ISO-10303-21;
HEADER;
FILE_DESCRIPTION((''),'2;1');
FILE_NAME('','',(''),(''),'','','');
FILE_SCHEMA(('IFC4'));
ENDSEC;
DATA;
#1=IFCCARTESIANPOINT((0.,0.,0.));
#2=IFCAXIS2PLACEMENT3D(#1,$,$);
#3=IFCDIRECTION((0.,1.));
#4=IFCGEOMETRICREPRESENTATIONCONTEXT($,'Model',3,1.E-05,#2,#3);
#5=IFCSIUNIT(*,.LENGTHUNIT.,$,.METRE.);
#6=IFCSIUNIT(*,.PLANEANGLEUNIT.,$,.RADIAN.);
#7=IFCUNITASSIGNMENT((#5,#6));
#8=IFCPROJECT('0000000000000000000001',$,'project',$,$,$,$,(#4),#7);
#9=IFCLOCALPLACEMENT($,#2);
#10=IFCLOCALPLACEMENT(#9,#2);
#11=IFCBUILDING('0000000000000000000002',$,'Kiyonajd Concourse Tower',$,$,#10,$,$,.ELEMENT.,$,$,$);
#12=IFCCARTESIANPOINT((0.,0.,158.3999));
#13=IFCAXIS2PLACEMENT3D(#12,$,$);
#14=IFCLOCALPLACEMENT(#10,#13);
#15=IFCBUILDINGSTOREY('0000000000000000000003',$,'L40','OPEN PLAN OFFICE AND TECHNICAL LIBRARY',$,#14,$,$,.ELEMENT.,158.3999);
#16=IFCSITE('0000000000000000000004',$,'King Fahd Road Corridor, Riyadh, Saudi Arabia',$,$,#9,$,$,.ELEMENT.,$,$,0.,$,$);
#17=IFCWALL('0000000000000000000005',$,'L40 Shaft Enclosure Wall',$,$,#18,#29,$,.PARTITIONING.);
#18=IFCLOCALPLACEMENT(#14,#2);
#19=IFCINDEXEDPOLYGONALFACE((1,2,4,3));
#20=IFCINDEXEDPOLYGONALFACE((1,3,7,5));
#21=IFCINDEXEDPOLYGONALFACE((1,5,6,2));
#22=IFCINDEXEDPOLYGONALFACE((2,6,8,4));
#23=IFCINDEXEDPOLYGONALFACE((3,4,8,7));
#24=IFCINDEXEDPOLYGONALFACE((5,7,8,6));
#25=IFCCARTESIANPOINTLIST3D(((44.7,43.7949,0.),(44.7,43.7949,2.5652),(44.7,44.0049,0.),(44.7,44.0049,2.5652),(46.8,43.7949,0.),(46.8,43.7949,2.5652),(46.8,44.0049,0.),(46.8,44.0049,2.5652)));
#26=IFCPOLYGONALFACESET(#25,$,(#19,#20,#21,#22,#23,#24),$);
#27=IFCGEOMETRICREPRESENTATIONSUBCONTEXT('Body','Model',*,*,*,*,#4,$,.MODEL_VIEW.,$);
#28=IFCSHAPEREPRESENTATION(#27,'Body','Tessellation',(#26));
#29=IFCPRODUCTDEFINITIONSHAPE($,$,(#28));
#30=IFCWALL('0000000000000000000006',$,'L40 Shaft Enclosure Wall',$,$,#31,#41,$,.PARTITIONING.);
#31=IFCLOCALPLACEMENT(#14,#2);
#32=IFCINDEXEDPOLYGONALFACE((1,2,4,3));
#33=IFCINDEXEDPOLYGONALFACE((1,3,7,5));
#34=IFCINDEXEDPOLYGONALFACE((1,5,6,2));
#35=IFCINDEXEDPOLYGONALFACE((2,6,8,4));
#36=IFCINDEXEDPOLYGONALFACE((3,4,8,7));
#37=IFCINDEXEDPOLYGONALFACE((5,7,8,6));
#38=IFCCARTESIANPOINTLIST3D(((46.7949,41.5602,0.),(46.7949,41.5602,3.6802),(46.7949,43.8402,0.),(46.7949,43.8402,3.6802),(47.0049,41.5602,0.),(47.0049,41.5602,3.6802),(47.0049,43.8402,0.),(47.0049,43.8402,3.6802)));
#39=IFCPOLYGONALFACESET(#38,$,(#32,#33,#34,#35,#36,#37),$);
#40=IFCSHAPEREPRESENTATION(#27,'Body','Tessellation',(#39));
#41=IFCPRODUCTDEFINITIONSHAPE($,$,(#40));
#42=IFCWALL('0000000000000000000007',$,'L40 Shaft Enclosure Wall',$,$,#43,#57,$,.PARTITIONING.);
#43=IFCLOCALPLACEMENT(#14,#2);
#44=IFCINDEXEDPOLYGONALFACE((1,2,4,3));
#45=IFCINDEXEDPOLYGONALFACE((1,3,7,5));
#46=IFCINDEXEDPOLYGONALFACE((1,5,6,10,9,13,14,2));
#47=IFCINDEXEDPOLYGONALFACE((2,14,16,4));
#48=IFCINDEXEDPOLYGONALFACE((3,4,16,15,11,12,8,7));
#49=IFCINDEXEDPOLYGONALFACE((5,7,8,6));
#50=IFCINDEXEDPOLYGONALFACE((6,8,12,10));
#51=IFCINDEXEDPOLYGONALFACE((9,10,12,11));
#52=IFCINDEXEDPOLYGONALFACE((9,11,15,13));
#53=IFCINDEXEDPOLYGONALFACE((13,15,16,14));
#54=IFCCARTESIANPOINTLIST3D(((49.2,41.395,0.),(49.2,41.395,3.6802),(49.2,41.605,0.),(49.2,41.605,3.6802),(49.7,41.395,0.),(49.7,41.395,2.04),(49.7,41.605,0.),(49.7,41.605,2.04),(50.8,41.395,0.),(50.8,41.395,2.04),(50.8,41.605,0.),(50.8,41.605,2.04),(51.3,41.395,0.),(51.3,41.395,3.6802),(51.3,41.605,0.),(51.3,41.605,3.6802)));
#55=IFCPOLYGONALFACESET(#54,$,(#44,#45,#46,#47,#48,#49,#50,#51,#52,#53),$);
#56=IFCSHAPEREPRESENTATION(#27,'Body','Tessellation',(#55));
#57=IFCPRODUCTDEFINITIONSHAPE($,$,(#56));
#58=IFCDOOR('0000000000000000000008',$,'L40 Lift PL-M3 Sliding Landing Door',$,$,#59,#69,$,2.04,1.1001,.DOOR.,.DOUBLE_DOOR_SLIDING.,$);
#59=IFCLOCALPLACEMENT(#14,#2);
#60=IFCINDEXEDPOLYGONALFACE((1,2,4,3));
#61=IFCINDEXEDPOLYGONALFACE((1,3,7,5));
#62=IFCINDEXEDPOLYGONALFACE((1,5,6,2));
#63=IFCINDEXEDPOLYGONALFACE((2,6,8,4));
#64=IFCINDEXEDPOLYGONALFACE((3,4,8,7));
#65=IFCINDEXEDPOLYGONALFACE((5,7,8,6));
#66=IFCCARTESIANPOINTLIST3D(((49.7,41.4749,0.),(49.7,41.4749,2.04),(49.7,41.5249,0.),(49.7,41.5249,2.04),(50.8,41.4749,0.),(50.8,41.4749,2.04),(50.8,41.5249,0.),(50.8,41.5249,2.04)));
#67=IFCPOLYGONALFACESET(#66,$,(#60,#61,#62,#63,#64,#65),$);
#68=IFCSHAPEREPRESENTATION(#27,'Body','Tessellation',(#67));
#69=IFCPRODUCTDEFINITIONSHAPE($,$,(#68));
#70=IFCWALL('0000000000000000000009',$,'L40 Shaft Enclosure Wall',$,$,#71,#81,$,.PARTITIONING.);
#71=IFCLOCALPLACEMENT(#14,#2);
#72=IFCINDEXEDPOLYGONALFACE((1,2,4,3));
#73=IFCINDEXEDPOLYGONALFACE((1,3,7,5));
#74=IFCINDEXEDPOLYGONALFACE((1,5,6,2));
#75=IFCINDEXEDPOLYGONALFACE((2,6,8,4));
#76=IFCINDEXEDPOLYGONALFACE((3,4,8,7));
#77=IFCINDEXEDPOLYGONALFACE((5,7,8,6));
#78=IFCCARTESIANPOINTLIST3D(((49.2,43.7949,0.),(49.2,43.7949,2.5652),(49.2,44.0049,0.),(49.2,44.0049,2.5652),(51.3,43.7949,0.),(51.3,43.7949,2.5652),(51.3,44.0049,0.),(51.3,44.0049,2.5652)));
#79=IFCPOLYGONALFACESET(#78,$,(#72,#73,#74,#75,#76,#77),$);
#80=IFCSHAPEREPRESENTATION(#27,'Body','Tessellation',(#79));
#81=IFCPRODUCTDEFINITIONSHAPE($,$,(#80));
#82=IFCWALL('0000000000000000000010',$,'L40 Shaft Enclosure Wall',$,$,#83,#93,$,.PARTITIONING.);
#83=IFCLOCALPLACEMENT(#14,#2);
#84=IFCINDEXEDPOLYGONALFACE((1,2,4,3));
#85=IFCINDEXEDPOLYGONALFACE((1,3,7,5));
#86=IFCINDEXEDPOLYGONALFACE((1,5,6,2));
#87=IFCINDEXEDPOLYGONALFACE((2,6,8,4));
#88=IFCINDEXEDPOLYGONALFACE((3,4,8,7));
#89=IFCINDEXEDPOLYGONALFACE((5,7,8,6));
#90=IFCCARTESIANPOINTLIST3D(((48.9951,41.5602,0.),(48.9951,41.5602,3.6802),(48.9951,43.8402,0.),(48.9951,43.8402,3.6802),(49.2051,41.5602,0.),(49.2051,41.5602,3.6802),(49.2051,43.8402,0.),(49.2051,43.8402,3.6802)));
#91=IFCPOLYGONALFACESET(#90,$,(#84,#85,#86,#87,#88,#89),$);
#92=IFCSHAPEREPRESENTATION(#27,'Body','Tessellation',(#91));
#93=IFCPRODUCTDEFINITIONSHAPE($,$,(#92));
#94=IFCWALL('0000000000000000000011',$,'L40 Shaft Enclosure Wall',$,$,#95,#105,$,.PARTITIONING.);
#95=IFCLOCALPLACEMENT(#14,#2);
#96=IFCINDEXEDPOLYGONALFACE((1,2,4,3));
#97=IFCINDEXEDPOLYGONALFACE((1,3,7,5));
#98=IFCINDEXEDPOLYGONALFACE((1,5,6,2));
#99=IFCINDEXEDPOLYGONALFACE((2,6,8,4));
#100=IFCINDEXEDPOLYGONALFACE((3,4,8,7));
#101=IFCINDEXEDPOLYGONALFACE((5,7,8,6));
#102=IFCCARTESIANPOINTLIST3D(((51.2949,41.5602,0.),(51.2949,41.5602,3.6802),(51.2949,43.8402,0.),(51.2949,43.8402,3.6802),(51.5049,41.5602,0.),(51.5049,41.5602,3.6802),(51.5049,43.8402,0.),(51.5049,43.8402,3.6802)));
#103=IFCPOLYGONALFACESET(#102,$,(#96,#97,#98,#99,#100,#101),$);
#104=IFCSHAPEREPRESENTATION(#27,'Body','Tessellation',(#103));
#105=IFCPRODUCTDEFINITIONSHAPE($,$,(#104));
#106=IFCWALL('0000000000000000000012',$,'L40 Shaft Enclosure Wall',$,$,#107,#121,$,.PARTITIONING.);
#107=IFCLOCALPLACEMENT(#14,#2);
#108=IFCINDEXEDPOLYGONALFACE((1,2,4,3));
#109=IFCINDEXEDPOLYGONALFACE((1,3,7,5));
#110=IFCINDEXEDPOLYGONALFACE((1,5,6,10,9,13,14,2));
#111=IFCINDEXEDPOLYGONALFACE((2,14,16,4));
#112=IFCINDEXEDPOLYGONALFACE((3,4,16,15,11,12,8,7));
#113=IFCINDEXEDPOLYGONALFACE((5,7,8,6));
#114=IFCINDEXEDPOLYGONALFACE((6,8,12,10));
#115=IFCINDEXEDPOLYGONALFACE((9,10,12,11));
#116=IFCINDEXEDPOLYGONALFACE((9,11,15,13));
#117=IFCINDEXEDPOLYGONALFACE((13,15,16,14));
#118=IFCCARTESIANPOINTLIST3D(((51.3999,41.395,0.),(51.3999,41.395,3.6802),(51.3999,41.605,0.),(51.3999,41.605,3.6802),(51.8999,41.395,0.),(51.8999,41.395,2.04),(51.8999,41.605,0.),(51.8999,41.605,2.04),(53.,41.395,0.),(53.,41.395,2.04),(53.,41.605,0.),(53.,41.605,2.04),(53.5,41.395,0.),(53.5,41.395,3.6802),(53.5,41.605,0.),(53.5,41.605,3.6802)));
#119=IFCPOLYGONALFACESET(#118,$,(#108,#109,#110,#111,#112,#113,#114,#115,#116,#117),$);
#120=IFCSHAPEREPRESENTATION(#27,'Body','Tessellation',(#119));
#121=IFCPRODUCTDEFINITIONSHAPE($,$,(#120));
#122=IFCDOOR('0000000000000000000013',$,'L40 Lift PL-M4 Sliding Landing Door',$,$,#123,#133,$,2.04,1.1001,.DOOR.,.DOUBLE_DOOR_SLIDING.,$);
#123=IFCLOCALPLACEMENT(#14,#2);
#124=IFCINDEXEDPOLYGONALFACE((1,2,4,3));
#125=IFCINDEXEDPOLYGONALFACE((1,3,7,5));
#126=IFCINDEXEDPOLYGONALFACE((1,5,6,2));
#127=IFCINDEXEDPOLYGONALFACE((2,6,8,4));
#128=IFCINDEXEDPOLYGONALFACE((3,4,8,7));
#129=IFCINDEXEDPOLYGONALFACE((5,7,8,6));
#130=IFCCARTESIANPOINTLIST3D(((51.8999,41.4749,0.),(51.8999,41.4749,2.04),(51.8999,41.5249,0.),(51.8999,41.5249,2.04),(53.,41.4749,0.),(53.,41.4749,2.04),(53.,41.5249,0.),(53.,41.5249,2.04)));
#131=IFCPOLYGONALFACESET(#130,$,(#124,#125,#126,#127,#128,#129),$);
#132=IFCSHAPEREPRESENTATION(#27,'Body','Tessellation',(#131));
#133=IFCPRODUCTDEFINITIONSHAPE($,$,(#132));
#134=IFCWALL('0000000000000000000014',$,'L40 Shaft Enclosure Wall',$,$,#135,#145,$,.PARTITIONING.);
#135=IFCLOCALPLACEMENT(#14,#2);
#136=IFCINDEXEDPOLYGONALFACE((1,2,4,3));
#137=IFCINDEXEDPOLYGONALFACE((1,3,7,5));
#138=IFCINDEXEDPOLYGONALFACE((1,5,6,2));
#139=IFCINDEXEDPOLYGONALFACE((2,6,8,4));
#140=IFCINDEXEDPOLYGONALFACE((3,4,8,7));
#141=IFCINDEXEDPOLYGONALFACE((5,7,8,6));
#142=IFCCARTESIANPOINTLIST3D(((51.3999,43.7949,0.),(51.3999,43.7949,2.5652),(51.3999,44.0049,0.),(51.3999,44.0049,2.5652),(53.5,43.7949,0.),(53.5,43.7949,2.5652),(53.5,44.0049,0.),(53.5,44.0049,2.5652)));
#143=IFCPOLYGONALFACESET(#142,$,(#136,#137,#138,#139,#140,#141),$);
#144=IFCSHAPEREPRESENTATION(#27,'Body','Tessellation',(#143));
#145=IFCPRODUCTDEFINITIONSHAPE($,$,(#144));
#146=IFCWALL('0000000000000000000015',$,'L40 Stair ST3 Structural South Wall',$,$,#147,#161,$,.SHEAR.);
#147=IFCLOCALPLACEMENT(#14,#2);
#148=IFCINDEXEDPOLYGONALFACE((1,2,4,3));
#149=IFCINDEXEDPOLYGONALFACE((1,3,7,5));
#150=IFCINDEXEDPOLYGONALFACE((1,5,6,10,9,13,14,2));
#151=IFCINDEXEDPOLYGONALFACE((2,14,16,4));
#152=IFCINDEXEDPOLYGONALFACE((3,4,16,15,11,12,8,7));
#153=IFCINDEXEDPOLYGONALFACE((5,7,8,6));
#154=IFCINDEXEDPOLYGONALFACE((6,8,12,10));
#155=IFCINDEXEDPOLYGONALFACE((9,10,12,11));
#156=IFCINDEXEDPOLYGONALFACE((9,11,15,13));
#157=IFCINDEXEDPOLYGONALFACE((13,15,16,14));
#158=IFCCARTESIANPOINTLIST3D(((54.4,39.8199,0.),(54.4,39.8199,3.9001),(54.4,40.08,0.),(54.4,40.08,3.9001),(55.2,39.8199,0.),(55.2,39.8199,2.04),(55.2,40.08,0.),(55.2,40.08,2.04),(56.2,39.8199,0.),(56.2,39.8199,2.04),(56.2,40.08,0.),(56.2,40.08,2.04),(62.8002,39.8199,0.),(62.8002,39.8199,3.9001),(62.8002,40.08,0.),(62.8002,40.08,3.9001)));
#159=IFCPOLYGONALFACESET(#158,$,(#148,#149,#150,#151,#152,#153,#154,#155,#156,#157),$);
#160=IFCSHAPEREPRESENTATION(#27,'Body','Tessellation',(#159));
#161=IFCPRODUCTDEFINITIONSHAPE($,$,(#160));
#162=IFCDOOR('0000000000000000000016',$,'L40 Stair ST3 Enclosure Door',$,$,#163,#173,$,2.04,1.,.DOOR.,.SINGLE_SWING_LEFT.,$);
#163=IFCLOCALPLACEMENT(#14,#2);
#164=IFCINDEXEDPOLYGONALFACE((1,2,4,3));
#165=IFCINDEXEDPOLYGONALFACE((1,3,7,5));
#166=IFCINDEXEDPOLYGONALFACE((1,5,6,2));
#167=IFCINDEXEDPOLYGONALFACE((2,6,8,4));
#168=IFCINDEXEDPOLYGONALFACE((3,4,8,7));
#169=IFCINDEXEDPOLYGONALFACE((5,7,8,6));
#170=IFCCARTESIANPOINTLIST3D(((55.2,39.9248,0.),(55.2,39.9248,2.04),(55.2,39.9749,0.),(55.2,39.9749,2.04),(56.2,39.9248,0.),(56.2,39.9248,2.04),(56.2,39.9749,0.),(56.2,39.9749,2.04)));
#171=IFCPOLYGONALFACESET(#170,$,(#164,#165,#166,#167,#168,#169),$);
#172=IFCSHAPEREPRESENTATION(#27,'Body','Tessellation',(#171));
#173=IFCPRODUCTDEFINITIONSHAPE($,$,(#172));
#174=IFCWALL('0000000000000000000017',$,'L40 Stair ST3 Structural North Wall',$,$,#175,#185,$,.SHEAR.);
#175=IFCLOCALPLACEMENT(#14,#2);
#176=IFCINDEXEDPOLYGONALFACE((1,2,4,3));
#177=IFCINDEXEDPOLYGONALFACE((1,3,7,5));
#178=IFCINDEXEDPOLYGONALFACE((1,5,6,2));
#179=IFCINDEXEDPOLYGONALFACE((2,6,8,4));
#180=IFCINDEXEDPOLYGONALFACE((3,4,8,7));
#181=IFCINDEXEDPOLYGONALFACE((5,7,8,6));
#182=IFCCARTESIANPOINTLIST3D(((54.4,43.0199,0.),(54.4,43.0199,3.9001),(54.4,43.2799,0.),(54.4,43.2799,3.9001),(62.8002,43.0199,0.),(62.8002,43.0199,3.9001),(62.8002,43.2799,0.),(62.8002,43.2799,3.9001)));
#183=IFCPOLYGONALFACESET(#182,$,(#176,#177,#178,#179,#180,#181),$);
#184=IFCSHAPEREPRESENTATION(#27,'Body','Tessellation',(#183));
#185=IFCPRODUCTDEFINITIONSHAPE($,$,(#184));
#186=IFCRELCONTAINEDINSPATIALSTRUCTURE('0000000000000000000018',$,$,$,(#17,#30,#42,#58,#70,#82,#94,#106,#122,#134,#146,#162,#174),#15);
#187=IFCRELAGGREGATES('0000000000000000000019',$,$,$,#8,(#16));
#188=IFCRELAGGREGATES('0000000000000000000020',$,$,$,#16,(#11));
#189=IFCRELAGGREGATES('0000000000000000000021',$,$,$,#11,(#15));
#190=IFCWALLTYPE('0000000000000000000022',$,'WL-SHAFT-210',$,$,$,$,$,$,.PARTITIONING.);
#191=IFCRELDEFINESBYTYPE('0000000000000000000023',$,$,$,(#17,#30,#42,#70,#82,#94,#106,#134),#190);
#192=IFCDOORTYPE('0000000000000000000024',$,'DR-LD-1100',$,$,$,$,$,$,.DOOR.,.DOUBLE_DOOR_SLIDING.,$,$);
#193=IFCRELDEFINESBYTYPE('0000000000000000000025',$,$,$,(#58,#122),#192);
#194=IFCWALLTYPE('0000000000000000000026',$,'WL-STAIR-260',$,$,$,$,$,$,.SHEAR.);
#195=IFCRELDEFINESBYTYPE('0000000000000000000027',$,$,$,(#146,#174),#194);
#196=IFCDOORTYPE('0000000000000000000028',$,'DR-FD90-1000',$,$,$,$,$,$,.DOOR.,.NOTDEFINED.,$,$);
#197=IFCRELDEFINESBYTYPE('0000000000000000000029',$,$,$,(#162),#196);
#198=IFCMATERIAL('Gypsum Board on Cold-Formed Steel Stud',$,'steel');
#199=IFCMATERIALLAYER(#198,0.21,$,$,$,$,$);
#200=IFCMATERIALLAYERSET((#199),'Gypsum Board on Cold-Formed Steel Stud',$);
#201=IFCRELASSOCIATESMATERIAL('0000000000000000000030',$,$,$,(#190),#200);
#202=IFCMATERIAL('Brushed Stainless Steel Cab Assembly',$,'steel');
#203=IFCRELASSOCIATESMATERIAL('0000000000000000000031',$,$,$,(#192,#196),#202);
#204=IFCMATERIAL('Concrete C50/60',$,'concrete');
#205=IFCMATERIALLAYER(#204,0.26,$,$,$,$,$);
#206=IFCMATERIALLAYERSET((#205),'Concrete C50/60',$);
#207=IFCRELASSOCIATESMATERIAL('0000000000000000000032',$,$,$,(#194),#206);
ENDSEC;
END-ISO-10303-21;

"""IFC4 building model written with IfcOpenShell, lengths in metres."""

from ifc_helpers import new_model, si_unit, direction, frame, frame_2d, origin, place, context, subcontext, project, spatial, rectangle, extrude, material, layer, layer_set, type_object, element, fill, save


model = new_model("IFC4")

# Units and contexts
model_context = context("Model", 3, precision=1e-05, world=origin(), true_north=direction((0.0, 1.0)))
body_context = subcontext(model_context, "Body", "Model", "MODEL_VIEW")
ifc_project = project(units=[si_unit("LENGTHUNIT", "METRE"), si_unit("PLANEANGLEUNIT", "RADIAN")], contexts=[model_context])

# Site, building, storey
site_placement = place(None, origin())
site = spatial("IfcSite", under=ifc_project, at=site_placement, Name="King Fahd Road Corridor, Riyadh, Saudi Arabia", CompositionType="ELEMENT", RefElevation=0.0)
building_placement = place(site_placement, origin())
building = spatial("IfcBuilding", under=site, at=building_placement, Name="Kiyonajd Concourse Tower", CompositionType="ELEMENT")
storey_placement = place(building_placement, frame((0.0, 0.0, 158.3999)))
storey = spatial("IfcBuildingStorey", under=building, at=storey_placement, Name="L40", Description="OPEN PLAN OFFICE AND TECHNICAL LIBRARY", CompositionType="ELEMENT", Elevation=158.3999)

# Shared definitions
ifc_material_1 = material(Name="Concrete C50/60", Category="concrete")

# Shared definitions
ifc_material_2 = material(Name="Gypsum Board on Cold-Formed Steel Stud", Category="steel")
ifc_layer_1 = layer(ifc_material_2, 0.21)
ifc_layer_set_1 = layer_set([ifc_layer_1], Name="Gypsum Board on Cold-Formed Steel Stud")
wall_type_1 = type_object("IfcWallType", Name="WL-SHAFT-210", PredefinedType="PARTITIONING", material=ifc_layer_set_1)

# Shared definitions
ifc_material_3 = material(Name="Brushed Stainless Steel Cab Assembly", Category="steel")
door_type_1 = type_object("IfcDoorType", Name="DR-LD-1100", OperationType="DOUBLE_DOOR_SLIDING", PredefinedType="DOOR", material=ifc_material_3)

# Walls
wall_1_placement = place(storey_placement, frame((44.7, 43.8999, 0.0), z_axis=(0.0, 0.0, 1.0), x_axis=(1.0, 0.0, 0.0)))
element("IfcWall", 1, at=wall_1_placement, inside=storey, type_object=wall_type_1, Name="L40 Shaft Enclosure Wall", PredefinedType="PARTITIONING", context=body_context, shape_type="SweptSolid", body=[
    extrude(rectangle(XDim=2.1001, YDim=0.21, at=frame_2d((1.05, 0.0))), origin(), (0.0, 0.0, 1.0), 2.5652),
])
wall_2_placement = place(storey_placement, frame((46.8999, 41.5601, 0.0), z_axis=(0.0, 0.0, 1.0), x_axis=(0.0, 1.0, 0.0)))
element("IfcWall", 2, at=wall_2_placement, inside=storey, type_object=wall_type_1, Name="L40 Shaft Enclosure Wall", PredefinedType="PARTITIONING", context=body_context, shape_type="SweptSolid", body=[
    extrude(rectangle(XDim=2.28, YDim=0.21, at=frame_2d((1.1401, 0.0))), origin(), (0.0, 0.0, 1.0), 3.6802),
])

# Wall, opening, door
wall_3_placement = place(storey_placement, frame((49.2, 41.5, 0.0), z_axis=(0.0, 0.0, 1.0), x_axis=(1.0, 0.0, 0.0)))
wall_3 = element("IfcWall", 3, at=wall_3_placement, inside=storey, type_object=wall_type_1, Name="L40 Shaft Enclosure Wall", PredefinedType="PARTITIONING", context=body_context, shape_type="SweptSolid", body=[
    extrude(rectangle(XDim=2.1001, YDim=0.21, at=frame_2d((1.05, 0.0))), origin(), (0.0, 0.0, 1.0), 3.6802),
])
opening_1_placement = place(wall_3_placement, frame((0.5, 0.0, 0.0)))
opening_1 = element("IfcOpeningElement", 4, at=opening_1_placement, cuts=wall_3, PredefinedType="OPENING", context=body_context, shape_type="SweptSolid", body=[
    extrude(rectangle(XDim=1.1001, YDim=2.04, at=frame_2d((0.55, 1.02))), frame((0.0, 0.115, 0.0), z_axis=(0.0, -1.0, 0.0), x_axis=(1.0, 0.0, 0.0)), (0.0, 0.0, 1.0), 0.23),
])
door_1_placement = place(opening_1_placement, origin())
door_1 = element("IfcDoor", 5, at=door_1_placement, inside=storey, type_object=door_type_1, Name="L40 Lift PL-M3 Sliding Landing Door", OperationType="DOUBLE_DOOR_SLIDING", OverallHeight=2.04, OverallWidth=1.1001, PredefinedType="DOOR", context=body_context, shape_type="SweptSolid", body=[
    extrude(rectangle(XDim=1.1001, YDim=2.04, at=frame_2d((0.55, 1.02))), frame((0.0, 0.0249, 0.0), z_axis=(0.0, -1.0, 0.0), x_axis=(1.0, 0.0, 0.0)), (0.0, 0.0, 1.0), 0.05),
])
fill(opening_1, door_1)

# Walls
wall_4_placement = place(storey_placement, frame((49.2, 43.8999, 0.0), z_axis=(0.0, 0.0, 1.0), x_axis=(1.0, 0.0, 0.0)))
element("IfcWall", 6, at=wall_4_placement, inside=storey, type_object=wall_type_1, Name="L40 Shaft Enclosure Wall", PredefinedType="PARTITIONING", context=body_context, shape_type="SweptSolid", body=[
    extrude(rectangle(XDim=2.1001, YDim=0.21, at=frame_2d((1.05, 0.0))), origin(), (0.0, 0.0, 1.0), 2.5652),
])
for number, where, z_axis, x_axis, name in (
    (7, (49.1001, 41.5601, 0.0), (0.0, 0.0, 1.0), (0.0, 1.0, 0.0), "L40 Shaft Enclosure Wall"),
    (8, (51.3999, 41.5601, 0.0), (0.0, 0.0, 1.0), (0.0, 1.0, 0.0), "L40 Shaft Enclosure Wall"),
):
    element("IfcWall", number, at=place(storey_placement, frame(where, z_axis=z_axis, x_axis=x_axis)), inside=storey, type_object=wall_type_1, Name=name, PredefinedType="PARTITIONING", context=body_context, shape_type="SweptSolid", body=[
        extrude(rectangle(XDim=2.28, YDim=0.21, at=frame_2d((1.1401, 0.0))), origin(), (0.0, 0.0, 1.0), 3.6802),
    ])

# Wall, opening, door
wall_5_placement = place(storey_placement, frame((51.3999, 41.5, 0.0), z_axis=(0.0, 0.0, 1.0), x_axis=(1.0, 0.0, 0.0)))
wall_5 = element("IfcWall", 9, at=wall_5_placement, inside=storey, type_object=wall_type_1, Name="L40 Shaft Enclosure Wall", PredefinedType="PARTITIONING", context=body_context, shape_type="SweptSolid", body=[
    extrude(rectangle(XDim=2.1001, YDim=0.21, at=frame_2d((1.05, 0.0))), origin(), (0.0, 0.0, 1.0), 3.6802),
])
opening_2_placement = place(wall_5_placement, frame((0.5, 0.0, 0.0)))
opening_2 = element("IfcOpeningElement", 10, at=opening_2_placement, cuts=wall_5, PredefinedType="OPENING", context=body_context, shape_type="SweptSolid", body=[
    extrude(rectangle(XDim=1.1001, YDim=2.04, at=frame_2d((0.55, 1.02))), frame((0.0, 0.115, 0.0), z_axis=(0.0, -1.0, 0.0), x_axis=(1.0, 0.0, 0.0)), (0.0, 0.0, 1.0), 0.23),
])
door_2_placement = place(opening_2_placement, origin())
door_2 = element("IfcDoor", 11, at=door_2_placement, inside=storey, type_object=door_type_1, Name="L40 Lift PL-M4 Sliding Landing Door", OperationType="DOUBLE_DOOR_SLIDING", OverallHeight=2.04, OverallWidth=1.1001, PredefinedType="DOOR", context=body_context, shape_type="SweptSolid", body=[
    extrude(rectangle(XDim=1.1001, YDim=2.04, at=frame_2d((0.55, 1.02))), frame((0.0, 0.0249, 0.0), z_axis=(0.0, -1.0, 0.0), x_axis=(1.0, 0.0, 0.0)), (0.0, 0.0, 1.0), 0.05),
])
fill(opening_2, door_2)

# Wall
wall_6_placement = place(storey_placement, frame((51.3999, 43.8999, 0.0), z_axis=(0.0, 0.0, 1.0), x_axis=(1.0, 0.0, 0.0)))
element("IfcWall", 12, at=wall_6_placement, inside=storey, type_object=wall_type_1, Name="L40 Shaft Enclosure Wall", PredefinedType="PARTITIONING", context=body_context, shape_type="SweptSolid", body=[
    extrude(rectangle(XDim=2.1001, YDim=0.21, at=frame_2d((1.05, 0.0))), origin(), (0.0, 0.0, 1.0), 2.5652),
])

# Wall, opening, door
ifc_layer_2 = layer(ifc_material_1, 0.26)
ifc_layer_set_2 = layer_set([ifc_layer_2], Name="Concrete C50/60")
wall_type_2 = type_object("IfcWallType", Name="WL-STAIR-260", PredefinedType="SHEAR", material=ifc_layer_set_2)
wall_7_placement = place(storey_placement, frame((54.3999, 39.95, 0.0), z_axis=(0.0, 0.0, 1.0), x_axis=(1.0, 0.0, 0.0)))
wall_7 = element("IfcWall", 13, at=wall_7_placement, inside=storey, type_object=wall_type_2, Name="L40 Stair ST3 Structural South Wall", PredefinedType="SHEAR", context=body_context, shape_type="SweptSolid", body=[
    extrude(rectangle(XDim=8.4001, YDim=0.26, at=frame_2d((4.2002, 0.0))), origin(), (0.0, 0.0, 1.0), 3.9001),
])
opening_3_placement = place(wall_7_placement, frame((0.8, 0.0, 0.0)))
opening_3 = element("IfcOpeningElement", 14, at=opening_3_placement, cuts=wall_7, PredefinedType="OPENING", context=body_context, shape_type="SweptSolid", body=[
    extrude(rectangle(XDim=1.0, YDim=2.04, at=frame_2d((0.5, 1.02))), frame((0.0, 0.1399, 0.0), z_axis=(0.0, -1.0, 0.0), x_axis=(1.0, 0.0, 0.0)), (0.0, 0.0, 1.0), 0.28),
])
door_type_2 = type_object("IfcDoorType", Name="DR-FD90-1000", OperationType="NOTDEFINED", PredefinedType="DOOR", material=ifc_material_3)
door_3_placement = place(opening_3_placement, origin())
door_3 = element("IfcDoor", 15, at=door_3_placement, inside=storey, type_object=door_type_2, Name="L40 Stair ST3 Enclosure Door", OperationType="SINGLE_SWING_LEFT", OverallHeight=2.04, OverallWidth=1.0, PredefinedType="DOOR", context=body_context, shape_type="SweptSolid", body=[
    extrude(rectangle(XDim=1.0, YDim=2.04, at=frame_2d((0.5, 1.02))), frame((0.0, 0.0249, 0.0), z_axis=(0.0, -1.0, 0.0), x_axis=(1.0, 0.0, 0.0)), (0.0, 0.0, 1.0), 0.05),
])
fill(opening_3, door_3)

# Wall
wall_8_placement = place(storey_placement, frame((54.3999, 43.1499, 0.0), z_axis=(0.0, 0.0, 1.0), x_axis=(1.0, 0.0, 0.0)))
element("IfcWall", 16, at=wall_8_placement, inside=storey, type_object=wall_type_2, Name="L40 Stair ST3 Structural North Wall", PredefinedType="SHEAR", context=body_context, shape_type="SweptSolid", body=[
    extrude(rectangle(XDim=8.4001, YDim=0.26, at=frame_2d((4.2002, 0.0))), origin(), (0.0, 0.0, 1.0), 3.9001),
])

save(model, "model.ifc")
